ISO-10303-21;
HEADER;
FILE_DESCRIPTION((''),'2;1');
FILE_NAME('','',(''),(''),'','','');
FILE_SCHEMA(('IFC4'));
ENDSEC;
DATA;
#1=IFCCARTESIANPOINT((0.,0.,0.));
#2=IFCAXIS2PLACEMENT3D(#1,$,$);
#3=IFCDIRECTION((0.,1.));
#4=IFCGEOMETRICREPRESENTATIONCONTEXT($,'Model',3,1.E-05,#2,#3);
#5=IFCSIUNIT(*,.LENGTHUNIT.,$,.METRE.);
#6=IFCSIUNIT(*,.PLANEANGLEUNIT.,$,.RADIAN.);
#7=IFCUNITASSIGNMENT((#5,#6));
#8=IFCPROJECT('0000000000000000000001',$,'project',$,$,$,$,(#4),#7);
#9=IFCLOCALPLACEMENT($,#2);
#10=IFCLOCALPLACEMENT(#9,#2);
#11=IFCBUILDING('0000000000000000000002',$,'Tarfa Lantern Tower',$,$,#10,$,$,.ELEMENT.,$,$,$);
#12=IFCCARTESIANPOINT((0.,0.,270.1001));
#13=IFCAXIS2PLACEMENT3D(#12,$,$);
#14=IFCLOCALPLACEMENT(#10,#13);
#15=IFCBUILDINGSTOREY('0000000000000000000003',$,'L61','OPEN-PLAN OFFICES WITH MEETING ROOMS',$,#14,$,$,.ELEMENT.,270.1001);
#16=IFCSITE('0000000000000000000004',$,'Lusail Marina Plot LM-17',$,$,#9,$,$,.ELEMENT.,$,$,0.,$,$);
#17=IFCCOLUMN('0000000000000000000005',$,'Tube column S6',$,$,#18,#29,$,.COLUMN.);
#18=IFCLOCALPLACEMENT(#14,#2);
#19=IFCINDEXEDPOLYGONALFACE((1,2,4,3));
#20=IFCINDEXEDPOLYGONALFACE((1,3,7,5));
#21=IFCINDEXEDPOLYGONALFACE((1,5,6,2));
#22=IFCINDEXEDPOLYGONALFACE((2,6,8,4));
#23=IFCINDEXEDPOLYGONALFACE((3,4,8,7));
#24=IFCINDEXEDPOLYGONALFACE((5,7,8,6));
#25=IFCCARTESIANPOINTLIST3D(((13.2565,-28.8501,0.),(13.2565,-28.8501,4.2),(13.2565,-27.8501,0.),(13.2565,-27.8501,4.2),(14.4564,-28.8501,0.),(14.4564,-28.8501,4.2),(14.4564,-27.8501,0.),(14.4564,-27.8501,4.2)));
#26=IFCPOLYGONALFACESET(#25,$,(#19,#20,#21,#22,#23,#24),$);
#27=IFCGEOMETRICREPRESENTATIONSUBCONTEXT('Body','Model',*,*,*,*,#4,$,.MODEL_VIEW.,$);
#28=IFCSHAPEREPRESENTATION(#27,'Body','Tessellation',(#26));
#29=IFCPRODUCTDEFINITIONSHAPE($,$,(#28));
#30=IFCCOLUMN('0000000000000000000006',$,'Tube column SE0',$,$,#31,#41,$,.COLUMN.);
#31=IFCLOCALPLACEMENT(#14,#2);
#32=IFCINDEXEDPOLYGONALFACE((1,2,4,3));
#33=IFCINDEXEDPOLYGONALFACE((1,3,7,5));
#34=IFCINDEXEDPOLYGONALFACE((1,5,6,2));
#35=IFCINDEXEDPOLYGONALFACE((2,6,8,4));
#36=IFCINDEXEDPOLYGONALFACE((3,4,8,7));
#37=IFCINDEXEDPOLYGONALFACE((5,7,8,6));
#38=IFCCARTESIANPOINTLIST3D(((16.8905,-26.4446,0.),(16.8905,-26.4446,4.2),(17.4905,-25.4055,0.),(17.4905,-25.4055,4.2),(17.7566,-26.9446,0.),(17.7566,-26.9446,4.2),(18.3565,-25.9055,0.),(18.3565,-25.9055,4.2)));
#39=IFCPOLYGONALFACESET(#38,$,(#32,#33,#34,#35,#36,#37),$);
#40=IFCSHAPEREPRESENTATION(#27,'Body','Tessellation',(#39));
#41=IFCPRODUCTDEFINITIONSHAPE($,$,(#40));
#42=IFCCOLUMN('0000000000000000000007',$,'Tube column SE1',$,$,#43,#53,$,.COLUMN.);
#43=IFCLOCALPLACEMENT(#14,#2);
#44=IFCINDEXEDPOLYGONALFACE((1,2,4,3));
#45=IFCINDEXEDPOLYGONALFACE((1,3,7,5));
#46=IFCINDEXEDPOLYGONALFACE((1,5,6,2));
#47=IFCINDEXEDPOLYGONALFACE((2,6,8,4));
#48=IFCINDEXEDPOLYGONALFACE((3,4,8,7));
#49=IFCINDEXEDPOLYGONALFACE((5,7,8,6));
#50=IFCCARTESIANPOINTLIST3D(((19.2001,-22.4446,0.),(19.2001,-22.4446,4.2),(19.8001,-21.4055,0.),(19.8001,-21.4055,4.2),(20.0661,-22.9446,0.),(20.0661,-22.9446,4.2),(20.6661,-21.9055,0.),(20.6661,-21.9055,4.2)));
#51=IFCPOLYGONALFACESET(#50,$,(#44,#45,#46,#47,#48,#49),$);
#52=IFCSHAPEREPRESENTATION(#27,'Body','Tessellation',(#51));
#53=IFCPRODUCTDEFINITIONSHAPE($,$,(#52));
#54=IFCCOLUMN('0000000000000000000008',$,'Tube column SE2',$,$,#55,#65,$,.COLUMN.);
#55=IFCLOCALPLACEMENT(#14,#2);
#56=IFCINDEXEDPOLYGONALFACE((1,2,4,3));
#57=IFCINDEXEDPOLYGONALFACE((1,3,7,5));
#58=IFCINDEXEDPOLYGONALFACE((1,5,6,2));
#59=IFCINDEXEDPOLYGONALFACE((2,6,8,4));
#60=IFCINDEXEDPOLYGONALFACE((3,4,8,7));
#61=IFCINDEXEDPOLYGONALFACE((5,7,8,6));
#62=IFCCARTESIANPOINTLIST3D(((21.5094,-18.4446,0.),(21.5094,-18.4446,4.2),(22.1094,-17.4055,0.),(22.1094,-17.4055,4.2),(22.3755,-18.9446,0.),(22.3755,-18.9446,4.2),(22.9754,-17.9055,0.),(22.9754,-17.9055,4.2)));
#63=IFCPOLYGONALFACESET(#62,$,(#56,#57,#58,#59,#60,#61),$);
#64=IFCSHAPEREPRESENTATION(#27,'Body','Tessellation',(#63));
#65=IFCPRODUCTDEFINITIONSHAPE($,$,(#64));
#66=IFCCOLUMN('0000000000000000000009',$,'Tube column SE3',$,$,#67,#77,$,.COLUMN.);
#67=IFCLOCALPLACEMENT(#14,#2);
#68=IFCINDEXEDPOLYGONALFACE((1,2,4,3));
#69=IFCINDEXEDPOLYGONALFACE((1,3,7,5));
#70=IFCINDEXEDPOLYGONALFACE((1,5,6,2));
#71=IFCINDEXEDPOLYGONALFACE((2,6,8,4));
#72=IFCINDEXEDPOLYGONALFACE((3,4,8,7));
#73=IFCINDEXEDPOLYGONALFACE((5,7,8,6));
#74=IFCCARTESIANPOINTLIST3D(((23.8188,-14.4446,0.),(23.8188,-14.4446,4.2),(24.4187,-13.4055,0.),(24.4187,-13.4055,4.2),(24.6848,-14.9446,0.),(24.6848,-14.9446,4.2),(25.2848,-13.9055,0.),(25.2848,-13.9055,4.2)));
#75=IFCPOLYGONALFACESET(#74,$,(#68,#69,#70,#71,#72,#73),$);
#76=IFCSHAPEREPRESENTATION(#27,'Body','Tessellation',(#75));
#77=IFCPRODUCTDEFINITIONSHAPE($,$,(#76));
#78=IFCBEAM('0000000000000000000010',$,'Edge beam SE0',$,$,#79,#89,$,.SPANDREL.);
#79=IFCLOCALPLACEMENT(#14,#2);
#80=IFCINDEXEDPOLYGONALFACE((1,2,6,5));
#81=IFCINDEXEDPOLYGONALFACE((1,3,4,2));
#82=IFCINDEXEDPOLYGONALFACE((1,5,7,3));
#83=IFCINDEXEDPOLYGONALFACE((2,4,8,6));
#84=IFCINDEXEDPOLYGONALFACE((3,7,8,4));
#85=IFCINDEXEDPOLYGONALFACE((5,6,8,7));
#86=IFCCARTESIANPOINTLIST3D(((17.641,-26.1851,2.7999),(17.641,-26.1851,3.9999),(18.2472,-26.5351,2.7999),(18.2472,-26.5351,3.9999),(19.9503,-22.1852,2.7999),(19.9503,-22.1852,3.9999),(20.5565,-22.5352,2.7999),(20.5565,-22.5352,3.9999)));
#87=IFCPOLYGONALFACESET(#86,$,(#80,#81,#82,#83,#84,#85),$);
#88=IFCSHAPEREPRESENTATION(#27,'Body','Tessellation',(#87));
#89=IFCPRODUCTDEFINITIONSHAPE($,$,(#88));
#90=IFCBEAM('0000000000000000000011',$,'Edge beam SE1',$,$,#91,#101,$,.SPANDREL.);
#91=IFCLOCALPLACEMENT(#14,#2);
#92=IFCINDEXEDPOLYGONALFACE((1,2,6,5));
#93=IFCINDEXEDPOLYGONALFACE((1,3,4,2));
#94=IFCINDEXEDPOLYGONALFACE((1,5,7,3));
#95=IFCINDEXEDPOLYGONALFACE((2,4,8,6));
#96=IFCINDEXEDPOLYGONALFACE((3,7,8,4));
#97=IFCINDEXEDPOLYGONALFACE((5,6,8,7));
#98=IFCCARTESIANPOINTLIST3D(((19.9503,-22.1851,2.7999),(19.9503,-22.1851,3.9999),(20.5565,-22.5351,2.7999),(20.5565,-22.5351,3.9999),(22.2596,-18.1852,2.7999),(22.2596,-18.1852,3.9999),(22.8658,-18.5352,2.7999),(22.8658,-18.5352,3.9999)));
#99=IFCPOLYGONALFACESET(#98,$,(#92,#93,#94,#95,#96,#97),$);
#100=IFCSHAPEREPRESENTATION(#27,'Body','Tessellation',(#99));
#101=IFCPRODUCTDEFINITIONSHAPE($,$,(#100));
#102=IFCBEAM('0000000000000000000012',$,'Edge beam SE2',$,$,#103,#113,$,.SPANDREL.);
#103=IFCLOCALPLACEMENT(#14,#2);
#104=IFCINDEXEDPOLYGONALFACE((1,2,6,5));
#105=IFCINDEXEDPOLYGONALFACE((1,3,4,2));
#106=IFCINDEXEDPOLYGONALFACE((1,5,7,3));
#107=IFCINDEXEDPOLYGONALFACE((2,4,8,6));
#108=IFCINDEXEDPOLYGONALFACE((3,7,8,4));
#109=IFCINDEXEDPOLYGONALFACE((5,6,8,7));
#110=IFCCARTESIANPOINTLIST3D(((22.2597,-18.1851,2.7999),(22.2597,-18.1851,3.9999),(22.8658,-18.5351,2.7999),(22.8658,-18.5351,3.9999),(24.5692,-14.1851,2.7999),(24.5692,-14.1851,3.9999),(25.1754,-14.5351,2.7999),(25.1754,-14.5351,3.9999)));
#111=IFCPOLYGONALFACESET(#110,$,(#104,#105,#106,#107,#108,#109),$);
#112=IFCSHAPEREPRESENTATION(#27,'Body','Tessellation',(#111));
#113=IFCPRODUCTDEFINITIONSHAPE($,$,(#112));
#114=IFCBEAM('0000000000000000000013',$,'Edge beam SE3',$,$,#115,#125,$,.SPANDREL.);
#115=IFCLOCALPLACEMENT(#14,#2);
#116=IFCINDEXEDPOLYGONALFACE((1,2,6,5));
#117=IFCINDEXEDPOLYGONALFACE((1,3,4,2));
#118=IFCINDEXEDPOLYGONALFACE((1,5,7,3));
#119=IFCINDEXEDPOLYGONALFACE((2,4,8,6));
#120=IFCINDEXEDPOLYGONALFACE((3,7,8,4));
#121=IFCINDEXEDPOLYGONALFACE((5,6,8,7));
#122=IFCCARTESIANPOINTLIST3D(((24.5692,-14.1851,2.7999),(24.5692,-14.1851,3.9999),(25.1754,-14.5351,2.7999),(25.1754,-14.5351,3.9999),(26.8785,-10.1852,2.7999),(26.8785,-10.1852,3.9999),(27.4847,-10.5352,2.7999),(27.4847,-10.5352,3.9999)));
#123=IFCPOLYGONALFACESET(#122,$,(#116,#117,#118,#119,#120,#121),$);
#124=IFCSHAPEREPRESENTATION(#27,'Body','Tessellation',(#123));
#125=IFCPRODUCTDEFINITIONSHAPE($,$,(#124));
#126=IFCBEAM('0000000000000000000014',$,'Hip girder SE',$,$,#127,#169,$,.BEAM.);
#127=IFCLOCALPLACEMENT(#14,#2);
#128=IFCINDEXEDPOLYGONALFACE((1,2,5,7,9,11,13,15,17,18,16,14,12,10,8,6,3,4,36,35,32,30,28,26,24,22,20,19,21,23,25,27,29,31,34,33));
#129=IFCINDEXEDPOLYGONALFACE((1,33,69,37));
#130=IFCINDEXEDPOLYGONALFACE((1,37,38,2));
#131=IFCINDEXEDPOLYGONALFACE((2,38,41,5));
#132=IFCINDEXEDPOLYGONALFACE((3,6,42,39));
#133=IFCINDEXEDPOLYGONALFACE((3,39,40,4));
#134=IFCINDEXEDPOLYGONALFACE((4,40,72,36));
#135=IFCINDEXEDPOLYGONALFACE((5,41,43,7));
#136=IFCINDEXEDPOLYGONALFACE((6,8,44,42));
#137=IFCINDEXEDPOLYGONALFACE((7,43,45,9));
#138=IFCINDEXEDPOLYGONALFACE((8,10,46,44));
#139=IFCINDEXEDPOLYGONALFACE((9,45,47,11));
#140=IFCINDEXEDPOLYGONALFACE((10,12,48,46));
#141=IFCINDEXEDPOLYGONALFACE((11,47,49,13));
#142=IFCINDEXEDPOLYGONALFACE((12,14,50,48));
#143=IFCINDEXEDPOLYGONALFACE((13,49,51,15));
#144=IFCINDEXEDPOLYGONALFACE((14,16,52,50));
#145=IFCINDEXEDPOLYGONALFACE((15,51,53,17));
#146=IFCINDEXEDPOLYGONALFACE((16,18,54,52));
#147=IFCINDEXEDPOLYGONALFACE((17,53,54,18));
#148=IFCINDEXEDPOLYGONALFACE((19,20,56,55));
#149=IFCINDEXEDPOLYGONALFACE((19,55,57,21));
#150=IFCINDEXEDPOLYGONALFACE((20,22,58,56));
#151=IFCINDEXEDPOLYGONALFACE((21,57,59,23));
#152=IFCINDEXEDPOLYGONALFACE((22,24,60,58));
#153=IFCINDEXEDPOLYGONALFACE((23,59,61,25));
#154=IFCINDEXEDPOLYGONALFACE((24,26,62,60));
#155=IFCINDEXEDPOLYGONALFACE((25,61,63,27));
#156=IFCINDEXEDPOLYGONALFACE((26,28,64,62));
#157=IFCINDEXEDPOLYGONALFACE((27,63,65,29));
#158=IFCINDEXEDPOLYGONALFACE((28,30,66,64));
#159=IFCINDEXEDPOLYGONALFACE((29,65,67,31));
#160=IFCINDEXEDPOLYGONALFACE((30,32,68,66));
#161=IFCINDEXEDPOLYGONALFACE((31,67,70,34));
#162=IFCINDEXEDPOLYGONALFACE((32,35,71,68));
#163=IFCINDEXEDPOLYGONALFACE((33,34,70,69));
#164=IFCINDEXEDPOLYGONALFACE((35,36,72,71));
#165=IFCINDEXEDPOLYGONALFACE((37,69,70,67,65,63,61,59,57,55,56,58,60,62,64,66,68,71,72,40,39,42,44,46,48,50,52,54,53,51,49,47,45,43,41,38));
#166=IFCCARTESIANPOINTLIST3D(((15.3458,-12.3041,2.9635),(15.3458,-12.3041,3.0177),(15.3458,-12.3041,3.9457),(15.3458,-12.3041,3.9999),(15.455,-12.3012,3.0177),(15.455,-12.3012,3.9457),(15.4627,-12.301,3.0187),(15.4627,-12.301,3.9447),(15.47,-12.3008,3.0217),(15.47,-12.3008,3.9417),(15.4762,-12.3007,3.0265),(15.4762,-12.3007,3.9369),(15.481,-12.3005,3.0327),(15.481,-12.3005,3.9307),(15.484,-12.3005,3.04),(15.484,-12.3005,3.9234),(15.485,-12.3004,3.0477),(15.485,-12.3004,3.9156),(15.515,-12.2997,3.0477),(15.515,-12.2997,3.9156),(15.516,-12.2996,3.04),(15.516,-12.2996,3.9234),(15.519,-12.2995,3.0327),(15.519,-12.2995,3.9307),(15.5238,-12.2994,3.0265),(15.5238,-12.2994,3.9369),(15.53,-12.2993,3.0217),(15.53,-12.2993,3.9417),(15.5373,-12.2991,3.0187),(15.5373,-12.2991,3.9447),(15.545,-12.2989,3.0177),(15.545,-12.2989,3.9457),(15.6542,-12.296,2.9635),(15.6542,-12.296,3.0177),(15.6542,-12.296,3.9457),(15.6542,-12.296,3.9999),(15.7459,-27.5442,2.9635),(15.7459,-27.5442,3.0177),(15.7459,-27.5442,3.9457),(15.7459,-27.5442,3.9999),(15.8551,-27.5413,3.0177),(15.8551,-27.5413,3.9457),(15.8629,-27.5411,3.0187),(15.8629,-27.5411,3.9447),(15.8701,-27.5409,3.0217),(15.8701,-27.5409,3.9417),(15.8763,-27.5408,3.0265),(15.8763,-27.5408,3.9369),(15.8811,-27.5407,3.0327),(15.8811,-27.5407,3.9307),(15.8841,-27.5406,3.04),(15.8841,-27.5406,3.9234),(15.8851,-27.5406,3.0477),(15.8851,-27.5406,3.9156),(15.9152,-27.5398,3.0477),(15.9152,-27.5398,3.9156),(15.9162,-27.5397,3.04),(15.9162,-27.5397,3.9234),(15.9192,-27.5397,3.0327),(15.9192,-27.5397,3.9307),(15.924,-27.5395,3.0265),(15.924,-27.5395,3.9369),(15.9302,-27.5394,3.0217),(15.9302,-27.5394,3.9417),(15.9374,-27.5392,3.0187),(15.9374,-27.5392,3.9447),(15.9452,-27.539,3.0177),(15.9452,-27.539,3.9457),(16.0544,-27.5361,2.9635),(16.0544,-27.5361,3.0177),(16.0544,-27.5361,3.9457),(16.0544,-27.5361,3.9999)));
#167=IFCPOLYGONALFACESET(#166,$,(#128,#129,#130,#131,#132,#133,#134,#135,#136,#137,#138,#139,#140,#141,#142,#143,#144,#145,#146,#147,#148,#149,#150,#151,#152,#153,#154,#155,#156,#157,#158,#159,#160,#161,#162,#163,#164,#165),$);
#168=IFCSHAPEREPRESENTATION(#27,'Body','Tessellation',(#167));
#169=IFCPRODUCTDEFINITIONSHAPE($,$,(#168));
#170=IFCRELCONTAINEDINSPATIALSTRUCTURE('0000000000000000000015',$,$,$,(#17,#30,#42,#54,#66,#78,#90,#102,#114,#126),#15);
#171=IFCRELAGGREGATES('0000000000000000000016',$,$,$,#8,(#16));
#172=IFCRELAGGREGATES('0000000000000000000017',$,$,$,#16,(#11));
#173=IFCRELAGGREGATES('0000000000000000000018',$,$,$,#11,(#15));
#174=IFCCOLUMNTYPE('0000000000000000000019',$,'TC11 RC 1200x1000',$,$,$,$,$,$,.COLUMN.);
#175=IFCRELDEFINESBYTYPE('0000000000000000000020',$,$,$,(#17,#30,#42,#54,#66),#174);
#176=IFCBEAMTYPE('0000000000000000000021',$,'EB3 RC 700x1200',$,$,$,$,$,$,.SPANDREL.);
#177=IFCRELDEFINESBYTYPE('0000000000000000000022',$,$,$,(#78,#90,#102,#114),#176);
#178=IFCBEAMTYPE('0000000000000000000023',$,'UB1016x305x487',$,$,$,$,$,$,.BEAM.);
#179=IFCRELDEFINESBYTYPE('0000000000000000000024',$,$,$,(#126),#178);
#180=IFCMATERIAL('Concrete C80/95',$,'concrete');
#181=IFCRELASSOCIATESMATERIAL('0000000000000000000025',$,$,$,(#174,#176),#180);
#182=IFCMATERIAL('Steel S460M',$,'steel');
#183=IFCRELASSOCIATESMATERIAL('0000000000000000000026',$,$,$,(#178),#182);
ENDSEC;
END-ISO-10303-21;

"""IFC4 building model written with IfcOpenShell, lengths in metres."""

from ifc_helpers import new_model, si_unit, direction, frame, origin, origin_2d, place, context, subcontext, project, spatial, rectangle, i_section, extrude, material, material_profile, profile_set, type_object, element, save


model = new_model("IFC4")

# Units and contexts
model_context = context("Model", 3, precision=1e-05, world=origin(), true_north=direction((0.0, 1.0)))
body_context = subcontext(model_context, "Body", "Model", "MODEL_VIEW")
ifc_project = project(units=[si_unit("LENGTHUNIT", "METRE"), si_unit("PLANEANGLEUNIT", "RADIAN")], contexts=[model_context])

# Site, building, storey
site_placement = place(None, origin())
site = spatial("IfcSite", under=ifc_project, at=site_placement, Name="Lusail Marina Plot LM-17", CompositionType="ELEMENT", RefElevation=0.0)
building_placement = place(site_placement, origin())
building = spatial("IfcBuilding", under=site, at=building_placement, Name="Tarfa Lantern Tower", CompositionType="ELEMENT")
storey_placement = place(building_placement, frame((0.0, 0.0, 270.1001)))
storey = spatial("IfcBuildingStorey", under=building, at=storey_placement, Name="L61", Description="OPEN-PLAN OFFICES WITH MEETING ROOMS", CompositionType="ELEMENT", Elevation=270.1001)

# Columns
ifc_material_1 = material(Name="Concrete C80/95", Category="concrete")
ifc_material_profile_1 = material_profile(ifc_material_1, rectangle(XDim=1.2, YDim=1.0, at=origin_2d()), Name="RC 1200x1000")
ifc_profile_set_1 = profile_set([ifc_material_profile_1], Name="Concrete C80/95")
column_type = type_object("IfcColumnType", Name="TC11 RC 1200x1000", PredefinedType="COLUMN", material=ifc_profile_set_1)
for number, where, z_axis, x_axis, name in (
    (1, (13.8564, -28.3501, 0.0), (0.0, 0.0, 1.0), (1.0, 0.0, 0.0), "Tube column S6"),
    (2, (17.6235, -26.175, 0.0), (0.0, 0.0, 1.0), (0.5, 0.866025, 0.0), "Tube column SE0"),
    (3, (19.9331, -22.175, 0.0), (0.0, 0.0, 1.0), (0.5, 0.866025, 0.0), "Tube column SE1"),
    (4, (22.2424, -18.175, 0.0), (0.0, 0.0, 1.0), (0.5, 0.866025, 0.0), "Tube column SE2"),
    (5, (24.5518, -14.175, 0.0), (0.0, 0.0, 1.0), (0.5, 0.866025, 0.0), "Tube column SE3"),
):
    element("IfcColumn", number, at=place(storey_placement, frame(where, z_axis=z_axis, x_axis=x_axis)), inside=storey, type_object=column_type, Name=name, PredefinedType="COLUMN", context=body_context, shape_type="SweptSolid", body=[
        extrude(rectangle(XDim=1.2, YDim=1.0, at=origin_2d()), origin(), (0.0, 0.0, 1.0), 4.2),
    ])

# Beams
ifc_material_profile_2 = material_profile(ifc_material_1, rectangle(XDim=0.7, YDim=1.2, at=origin_2d()), Name="RC 700x1200")
ifc_profile_set_2 = profile_set([ifc_material_profile_2], Name="Concrete C80/95")
beam_type_1 = type_object("IfcBeamType", Name="EB3 RC 700x1200", PredefinedType="SPANDREL", material=ifc_profile_set_2)
for number, where, z_axis, x_axis, name in (
    (6, (17.9441, -26.3601, 3.3999), (0.499988, 0.866032, 0.0), (-0.866032, 0.499988, 0.0), "Edge beam SE0"),
    (7, (20.2534, -22.3601, 3.3999), (0.499988, 0.866032, 0.0), (-0.866032, 0.499988, 0.0), "Edge beam SE1"),
):
    element("IfcBeam", number, at=place(storey_placement, frame(where, z_axis=z_axis, x_axis=x_axis)), inside=storey, type_object=beam_type_1, Name=name, PredefinedType="SPANDREL", context=body_context, shape_type="SweptSolid", body=[
        extrude(rectangle(XDim=0.7, YDim=1.2, at=origin_2d()), origin(), (0.0, 0.0, 1.0), 4.6187),
    ])
beam_1_placement = place(storey_placement, frame((22.5627, -18.3601, 3.3999), z_axis=(0.500027, 0.86601, 0.0), x_axis=(-0.86601, 0.500027, 0.0)))
element("IfcBeam", 8, at=beam_1_placement, inside=storey, type_object=beam_type_1, Name="Edge beam SE2", PredefinedType="SPANDREL", context=body_context, shape_type="SweptSolid", body=[
    extrude(rectangle(XDim=0.7, YDim=1.2, at=origin_2d()), origin(), (0.0, 0.0, 1.0), 4.6189),
])
beam_2_placement = place(storey_placement, frame((24.8723, -14.3601, 3.3999), z_axis=(0.499988, 0.866032, 0.0), x_axis=(-0.866032, 0.499988, 0.0)))
element("IfcBeam", 9, at=beam_2_placement, inside=storey, type_object=beam_type_1, Name="Edge beam SE3", PredefinedType="SPANDREL", context=body_context, shape_type="SweptSolid", body=[
    extrude(rectangle(XDim=0.7, YDim=1.2, at=origin_2d()), origin(), (0.0, 0.0, 1.0), 4.6187),
])
ifc_material_2 = material(Name="Steel S460M", Category="steel")
ifc_material_profile_3 = material_profile(ifc_material_2, i_section(OverallWidth=0.3086, OverallDepth=1.0364, WebThickness=0.03, FlangeThickness=0.0542, FilletRadius=0.03, at=origin_2d()), Name="UB1016x305x487")
ifc_profile_set_3 = profile_set([ifc_material_profile_3], Name="Steel S460M")
beam_type_2 = type_object("IfcBeamType", Name="UB1016x305x487", PredefinedType="BEAM", material=ifc_profile_set_3)
beam_3_placement = place(storey_placement, frame((15.5, -12.3, 3.4817), z_axis=(0.026247, -0.999655, 0.0), x_axis=(0.999655, 0.026247, 0.0)))
element("IfcBeam", 10, at=beam_3_placement, inside=storey, type_object=beam_type_2, Name="Hip girder SE", PredefinedType="BEAM", context=body_context, shape_type="SweptSolid", body=[
    extrude(i_section(OverallWidth=0.3086, OverallDepth=1.0364, WebThickness=0.03, FlangeThickness=0.0542, FilletRadius=0.03, at=origin_2d()), origin(), (0.0, 0.0, 1.0), 15.2454),
])

save(model, "model.ifc")
